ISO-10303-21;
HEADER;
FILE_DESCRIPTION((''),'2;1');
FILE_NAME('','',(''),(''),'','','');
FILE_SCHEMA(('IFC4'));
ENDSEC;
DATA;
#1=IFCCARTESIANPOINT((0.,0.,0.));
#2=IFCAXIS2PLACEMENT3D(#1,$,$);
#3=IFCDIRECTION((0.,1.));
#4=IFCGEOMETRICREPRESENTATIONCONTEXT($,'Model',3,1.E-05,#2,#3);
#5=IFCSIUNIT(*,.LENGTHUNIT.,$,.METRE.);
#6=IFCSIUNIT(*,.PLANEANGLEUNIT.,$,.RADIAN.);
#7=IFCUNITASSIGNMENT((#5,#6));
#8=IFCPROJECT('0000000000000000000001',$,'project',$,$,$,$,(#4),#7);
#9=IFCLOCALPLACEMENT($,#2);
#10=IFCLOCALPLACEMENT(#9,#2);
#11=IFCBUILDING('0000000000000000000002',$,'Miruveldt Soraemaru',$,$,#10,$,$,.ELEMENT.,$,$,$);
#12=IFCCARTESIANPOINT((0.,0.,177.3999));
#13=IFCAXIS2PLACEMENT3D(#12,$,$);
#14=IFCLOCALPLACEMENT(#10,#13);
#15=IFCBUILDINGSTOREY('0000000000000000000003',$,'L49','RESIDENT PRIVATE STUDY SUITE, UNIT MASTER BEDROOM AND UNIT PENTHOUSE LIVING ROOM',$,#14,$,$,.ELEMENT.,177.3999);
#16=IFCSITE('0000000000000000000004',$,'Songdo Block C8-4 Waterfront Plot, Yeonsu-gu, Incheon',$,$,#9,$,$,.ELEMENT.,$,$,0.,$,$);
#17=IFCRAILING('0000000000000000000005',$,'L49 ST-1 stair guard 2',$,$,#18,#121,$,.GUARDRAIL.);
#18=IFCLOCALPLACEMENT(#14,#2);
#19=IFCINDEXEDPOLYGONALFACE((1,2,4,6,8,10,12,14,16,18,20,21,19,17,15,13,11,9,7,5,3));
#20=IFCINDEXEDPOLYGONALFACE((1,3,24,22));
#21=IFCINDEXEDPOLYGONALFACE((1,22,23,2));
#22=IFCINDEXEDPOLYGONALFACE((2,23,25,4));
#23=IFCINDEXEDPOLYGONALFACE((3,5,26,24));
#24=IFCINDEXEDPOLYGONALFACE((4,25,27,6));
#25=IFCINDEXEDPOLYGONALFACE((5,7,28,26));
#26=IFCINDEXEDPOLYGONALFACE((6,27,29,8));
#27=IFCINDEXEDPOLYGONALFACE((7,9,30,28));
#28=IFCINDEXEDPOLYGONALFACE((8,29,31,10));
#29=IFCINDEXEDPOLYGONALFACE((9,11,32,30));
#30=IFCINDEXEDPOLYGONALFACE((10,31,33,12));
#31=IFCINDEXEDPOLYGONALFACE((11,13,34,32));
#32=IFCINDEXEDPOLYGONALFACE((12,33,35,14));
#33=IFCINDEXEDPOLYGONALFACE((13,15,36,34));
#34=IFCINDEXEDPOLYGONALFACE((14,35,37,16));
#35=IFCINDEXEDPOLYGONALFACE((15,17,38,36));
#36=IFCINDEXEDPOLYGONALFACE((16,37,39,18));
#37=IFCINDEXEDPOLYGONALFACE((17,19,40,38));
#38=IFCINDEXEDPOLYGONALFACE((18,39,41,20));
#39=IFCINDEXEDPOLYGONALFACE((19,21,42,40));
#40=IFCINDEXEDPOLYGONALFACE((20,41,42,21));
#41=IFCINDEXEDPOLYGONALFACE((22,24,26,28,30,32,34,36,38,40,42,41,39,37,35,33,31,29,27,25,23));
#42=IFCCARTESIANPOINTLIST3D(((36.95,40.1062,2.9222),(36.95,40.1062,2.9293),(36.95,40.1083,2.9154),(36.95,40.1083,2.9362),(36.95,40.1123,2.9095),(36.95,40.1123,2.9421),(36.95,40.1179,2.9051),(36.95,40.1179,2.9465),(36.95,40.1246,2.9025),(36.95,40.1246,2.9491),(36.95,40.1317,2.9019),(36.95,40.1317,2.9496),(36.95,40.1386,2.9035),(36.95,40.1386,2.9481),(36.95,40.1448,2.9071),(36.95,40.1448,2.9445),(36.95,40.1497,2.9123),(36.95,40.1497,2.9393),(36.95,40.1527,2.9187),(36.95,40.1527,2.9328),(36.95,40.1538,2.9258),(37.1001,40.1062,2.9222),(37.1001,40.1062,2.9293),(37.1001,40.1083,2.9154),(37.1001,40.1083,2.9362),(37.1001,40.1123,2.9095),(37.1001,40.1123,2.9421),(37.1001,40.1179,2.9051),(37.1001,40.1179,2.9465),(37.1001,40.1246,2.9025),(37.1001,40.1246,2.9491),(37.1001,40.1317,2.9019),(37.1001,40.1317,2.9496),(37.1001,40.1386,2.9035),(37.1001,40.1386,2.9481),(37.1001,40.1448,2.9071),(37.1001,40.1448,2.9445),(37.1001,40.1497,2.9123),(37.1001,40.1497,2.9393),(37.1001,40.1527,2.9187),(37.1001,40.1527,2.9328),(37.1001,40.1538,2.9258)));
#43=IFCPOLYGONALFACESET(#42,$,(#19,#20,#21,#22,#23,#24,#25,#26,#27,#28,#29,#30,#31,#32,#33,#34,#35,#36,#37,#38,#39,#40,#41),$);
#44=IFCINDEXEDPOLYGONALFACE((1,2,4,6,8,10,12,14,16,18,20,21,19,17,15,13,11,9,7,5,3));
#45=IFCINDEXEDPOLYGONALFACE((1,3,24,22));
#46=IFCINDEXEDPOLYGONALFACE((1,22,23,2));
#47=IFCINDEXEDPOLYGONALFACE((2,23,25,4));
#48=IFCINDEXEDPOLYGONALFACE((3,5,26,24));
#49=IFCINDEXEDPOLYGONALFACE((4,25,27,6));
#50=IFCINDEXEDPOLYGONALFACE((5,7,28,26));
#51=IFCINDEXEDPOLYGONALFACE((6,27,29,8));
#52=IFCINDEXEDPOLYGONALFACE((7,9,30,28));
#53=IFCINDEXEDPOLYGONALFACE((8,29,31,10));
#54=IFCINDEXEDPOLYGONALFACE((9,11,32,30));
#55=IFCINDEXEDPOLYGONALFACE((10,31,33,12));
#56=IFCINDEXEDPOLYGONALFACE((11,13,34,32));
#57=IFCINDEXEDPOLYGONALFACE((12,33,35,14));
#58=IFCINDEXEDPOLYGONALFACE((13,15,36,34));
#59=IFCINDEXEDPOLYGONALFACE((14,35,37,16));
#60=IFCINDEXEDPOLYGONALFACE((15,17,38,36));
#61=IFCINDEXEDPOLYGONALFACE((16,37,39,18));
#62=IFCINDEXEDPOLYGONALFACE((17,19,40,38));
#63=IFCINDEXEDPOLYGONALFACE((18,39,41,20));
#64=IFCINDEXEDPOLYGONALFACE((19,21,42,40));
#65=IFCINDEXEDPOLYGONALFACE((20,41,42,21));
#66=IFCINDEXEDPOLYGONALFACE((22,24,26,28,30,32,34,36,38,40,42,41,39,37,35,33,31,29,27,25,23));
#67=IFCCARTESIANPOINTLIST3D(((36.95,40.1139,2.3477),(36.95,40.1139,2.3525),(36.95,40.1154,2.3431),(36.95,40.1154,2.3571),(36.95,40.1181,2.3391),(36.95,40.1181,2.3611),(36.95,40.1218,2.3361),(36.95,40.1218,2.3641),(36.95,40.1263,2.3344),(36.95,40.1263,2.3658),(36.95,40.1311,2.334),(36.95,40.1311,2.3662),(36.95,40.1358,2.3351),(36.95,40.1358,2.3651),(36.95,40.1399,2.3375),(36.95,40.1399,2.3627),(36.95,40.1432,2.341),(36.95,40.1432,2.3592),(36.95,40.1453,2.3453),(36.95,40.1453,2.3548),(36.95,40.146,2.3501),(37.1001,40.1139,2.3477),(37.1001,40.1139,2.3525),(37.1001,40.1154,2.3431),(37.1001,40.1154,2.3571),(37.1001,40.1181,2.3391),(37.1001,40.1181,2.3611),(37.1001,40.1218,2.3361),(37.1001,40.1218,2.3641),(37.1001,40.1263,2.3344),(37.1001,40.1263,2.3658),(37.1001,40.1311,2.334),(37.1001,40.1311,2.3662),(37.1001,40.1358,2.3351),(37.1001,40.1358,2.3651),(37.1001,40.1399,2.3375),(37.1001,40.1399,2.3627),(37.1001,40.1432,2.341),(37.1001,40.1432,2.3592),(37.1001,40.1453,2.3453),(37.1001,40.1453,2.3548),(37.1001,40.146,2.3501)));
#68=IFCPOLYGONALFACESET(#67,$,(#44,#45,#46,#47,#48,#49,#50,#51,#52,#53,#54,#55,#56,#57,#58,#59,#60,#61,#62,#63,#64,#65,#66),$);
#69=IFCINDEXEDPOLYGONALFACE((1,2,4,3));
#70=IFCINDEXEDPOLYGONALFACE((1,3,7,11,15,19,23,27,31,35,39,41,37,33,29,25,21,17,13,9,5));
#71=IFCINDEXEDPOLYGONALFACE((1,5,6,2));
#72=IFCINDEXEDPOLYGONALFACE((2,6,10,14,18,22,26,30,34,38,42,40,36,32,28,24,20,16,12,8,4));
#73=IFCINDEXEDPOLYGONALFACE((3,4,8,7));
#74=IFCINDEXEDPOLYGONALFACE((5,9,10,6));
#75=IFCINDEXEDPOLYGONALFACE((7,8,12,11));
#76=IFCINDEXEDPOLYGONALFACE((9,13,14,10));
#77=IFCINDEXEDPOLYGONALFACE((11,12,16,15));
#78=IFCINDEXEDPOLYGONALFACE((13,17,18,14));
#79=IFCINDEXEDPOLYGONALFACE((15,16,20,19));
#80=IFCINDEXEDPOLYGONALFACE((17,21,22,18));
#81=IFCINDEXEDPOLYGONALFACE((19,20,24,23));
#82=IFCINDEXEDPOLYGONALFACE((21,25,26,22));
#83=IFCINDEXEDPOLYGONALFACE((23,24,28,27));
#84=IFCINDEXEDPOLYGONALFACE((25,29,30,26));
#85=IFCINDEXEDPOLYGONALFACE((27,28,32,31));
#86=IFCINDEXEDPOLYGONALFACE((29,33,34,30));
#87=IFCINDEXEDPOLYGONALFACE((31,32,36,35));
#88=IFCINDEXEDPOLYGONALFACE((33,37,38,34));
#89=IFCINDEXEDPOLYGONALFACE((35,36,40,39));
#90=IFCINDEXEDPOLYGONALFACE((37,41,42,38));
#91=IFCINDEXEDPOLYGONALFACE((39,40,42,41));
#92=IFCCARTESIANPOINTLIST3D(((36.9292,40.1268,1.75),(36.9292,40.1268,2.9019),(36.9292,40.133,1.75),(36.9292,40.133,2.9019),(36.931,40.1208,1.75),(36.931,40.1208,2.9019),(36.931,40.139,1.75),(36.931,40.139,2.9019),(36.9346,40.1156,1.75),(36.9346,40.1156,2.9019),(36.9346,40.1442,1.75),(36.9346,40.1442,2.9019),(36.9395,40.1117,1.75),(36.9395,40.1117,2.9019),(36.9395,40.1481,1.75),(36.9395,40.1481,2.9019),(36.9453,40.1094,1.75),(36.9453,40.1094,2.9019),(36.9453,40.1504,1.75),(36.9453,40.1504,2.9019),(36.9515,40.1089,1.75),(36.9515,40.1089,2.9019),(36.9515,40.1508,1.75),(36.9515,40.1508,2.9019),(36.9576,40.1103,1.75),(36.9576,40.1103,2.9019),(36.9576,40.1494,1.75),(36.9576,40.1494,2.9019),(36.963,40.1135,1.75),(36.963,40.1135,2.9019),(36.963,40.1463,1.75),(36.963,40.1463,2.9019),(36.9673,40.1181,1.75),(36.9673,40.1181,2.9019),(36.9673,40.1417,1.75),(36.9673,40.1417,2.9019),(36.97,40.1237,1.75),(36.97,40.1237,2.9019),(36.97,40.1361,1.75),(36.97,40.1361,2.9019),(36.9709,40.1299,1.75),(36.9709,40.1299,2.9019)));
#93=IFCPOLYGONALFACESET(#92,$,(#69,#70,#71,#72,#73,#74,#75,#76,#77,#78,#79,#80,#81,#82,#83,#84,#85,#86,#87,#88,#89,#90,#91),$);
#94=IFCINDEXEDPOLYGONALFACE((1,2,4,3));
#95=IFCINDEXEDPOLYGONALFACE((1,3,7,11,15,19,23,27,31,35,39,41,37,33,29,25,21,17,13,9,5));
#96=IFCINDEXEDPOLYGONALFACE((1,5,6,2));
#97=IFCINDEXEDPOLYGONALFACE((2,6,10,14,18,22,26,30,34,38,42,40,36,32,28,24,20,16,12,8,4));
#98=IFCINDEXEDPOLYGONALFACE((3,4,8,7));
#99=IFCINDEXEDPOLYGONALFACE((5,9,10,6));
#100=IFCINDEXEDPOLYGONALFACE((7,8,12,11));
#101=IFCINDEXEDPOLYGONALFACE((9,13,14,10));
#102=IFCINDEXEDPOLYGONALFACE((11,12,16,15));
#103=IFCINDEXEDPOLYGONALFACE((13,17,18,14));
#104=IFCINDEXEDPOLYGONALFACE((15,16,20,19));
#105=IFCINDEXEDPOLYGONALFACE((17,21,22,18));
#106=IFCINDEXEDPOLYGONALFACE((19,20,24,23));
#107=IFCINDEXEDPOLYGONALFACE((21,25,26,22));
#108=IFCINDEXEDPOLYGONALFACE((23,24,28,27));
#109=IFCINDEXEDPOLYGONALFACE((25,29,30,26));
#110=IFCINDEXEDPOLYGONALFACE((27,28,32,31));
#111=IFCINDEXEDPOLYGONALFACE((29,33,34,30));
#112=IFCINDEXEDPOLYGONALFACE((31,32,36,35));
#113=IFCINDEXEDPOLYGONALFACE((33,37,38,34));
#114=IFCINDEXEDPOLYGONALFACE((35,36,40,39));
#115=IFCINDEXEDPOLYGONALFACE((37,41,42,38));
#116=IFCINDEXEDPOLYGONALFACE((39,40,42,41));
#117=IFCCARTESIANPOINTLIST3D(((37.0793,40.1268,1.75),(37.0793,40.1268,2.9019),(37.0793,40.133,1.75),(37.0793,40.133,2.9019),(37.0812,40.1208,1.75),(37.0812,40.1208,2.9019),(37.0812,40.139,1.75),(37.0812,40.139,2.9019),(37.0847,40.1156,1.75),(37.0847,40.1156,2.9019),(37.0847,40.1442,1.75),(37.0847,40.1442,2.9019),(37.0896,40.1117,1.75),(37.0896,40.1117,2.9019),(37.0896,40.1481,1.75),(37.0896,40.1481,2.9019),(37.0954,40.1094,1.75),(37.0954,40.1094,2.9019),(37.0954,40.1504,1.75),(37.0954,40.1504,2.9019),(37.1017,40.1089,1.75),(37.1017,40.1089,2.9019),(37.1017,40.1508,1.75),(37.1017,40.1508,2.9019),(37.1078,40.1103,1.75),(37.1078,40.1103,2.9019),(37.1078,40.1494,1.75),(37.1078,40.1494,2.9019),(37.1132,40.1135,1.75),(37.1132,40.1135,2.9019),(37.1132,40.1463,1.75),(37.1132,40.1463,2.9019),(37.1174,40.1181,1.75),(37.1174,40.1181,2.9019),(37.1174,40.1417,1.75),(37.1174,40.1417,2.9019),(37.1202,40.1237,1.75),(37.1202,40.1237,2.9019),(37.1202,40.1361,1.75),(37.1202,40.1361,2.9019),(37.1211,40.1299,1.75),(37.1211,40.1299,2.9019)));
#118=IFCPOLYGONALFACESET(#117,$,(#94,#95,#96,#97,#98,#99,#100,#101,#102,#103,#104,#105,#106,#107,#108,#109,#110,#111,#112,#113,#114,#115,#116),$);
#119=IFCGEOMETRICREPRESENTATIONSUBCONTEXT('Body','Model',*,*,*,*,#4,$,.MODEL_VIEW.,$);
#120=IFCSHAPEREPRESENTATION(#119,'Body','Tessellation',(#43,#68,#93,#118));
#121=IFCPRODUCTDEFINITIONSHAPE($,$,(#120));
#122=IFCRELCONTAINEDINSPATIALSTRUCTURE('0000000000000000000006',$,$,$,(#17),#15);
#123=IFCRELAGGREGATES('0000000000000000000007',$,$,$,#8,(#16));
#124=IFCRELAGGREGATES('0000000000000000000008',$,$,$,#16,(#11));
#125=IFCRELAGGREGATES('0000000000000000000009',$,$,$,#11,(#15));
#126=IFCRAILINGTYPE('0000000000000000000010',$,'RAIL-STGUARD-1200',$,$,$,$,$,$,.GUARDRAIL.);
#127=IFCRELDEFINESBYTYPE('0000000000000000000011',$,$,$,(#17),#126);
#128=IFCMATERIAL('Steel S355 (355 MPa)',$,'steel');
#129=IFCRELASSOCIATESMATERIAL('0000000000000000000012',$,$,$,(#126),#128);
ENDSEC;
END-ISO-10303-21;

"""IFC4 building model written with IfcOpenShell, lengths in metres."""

from ifc_helpers import new_model, si_unit, direction, frame, origin, origin_2d, place, context, subcontext, project, spatial, circle, extrude, material, type_object, element, save


model = new_model("IFC4")

# Units and contexts
model_context = context("Model", 3, precision=1e-05, world=origin(), true_north=direction((0.0, 1.0)))
body_context = subcontext(model_context, "Body", "Model", "MODEL_VIEW")
ifc_project = project(units=[si_unit("LENGTHUNIT", "METRE"), si_unit("PLANEANGLEUNIT", "RADIAN")], contexts=[model_context])

# Site, building, storey
site_placement = place(None, origin())
site = spatial("IfcSite", under=ifc_project, at=site_placement, Name="Songdo Block C8-4 Waterfront Plot, Yeonsu-gu, Incheon", CompositionType="ELEMENT", RefElevation=0.0)
building_placement = place(site_placement, origin())
building = spatial("IfcBuilding", under=site, at=building_placement, Name="Miruveldt Soraemaru", CompositionType="ELEMENT")
storey_placement = place(building_placement, frame((0.0, 0.0, 177.3999)))
storey = spatial("IfcBuildingStorey", under=building, at=storey_placement, Name="L49", Description="RESIDENT PRIVATE STUDY SUITE, UNIT MASTER BEDROOM AND UNIT PENTHOUSE LIVING ROOM", CompositionType="ELEMENT", Elevation=177.3999)

# Railing
ifc_material_1 = material(Name="Steel S355 (355 MPa)", Category="steel")
railing_type_1 = type_object("IfcRailingType", Name="RAIL-STGUARD-1200", PredefinedType="GUARDRAIL", material=ifc_material_1)
railing_1_placement = place(storey_placement, frame((36.95, 40.1299, 1.75)))
element("IfcRailing", 1, at=railing_1_placement, inside=storey, type_object=railing_type_1, Name="L49 ST-1 stair guard 2", PredefinedType="GUARDRAIL", context=body_context, shape_type="SweptSolid", body=[
    extrude(circle(Radius=0.0239, at=origin_2d()), frame((0.0, 0.0, 1.1758), z_axis=(1.0, 0.0, 0.0), x_axis=(0.0, 1.0, 0.0)), (0.0, 0.0, 1.0), 0.1501),
    extrude(circle(Radius=0.0161, at=origin_2d()), frame((0.0, 0.0, 0.6001), z_axis=(1.0, 0.0, 0.0), x_axis=(0.0, 1.0, 0.0)), (0.0, 0.0, 1.0), 0.1501),
    extrude(circle(Radius=0.021, at=origin_2d()), origin(), (0.0, 0.0, 1.0), 1.1519),
    extrude(circle(Radius=0.021, at=origin_2d()), frame((0.1501, 0.0, 0.0)), (0.0, 0.0, 1.0), 1.1519),
])

save(model, "model.ifc")
